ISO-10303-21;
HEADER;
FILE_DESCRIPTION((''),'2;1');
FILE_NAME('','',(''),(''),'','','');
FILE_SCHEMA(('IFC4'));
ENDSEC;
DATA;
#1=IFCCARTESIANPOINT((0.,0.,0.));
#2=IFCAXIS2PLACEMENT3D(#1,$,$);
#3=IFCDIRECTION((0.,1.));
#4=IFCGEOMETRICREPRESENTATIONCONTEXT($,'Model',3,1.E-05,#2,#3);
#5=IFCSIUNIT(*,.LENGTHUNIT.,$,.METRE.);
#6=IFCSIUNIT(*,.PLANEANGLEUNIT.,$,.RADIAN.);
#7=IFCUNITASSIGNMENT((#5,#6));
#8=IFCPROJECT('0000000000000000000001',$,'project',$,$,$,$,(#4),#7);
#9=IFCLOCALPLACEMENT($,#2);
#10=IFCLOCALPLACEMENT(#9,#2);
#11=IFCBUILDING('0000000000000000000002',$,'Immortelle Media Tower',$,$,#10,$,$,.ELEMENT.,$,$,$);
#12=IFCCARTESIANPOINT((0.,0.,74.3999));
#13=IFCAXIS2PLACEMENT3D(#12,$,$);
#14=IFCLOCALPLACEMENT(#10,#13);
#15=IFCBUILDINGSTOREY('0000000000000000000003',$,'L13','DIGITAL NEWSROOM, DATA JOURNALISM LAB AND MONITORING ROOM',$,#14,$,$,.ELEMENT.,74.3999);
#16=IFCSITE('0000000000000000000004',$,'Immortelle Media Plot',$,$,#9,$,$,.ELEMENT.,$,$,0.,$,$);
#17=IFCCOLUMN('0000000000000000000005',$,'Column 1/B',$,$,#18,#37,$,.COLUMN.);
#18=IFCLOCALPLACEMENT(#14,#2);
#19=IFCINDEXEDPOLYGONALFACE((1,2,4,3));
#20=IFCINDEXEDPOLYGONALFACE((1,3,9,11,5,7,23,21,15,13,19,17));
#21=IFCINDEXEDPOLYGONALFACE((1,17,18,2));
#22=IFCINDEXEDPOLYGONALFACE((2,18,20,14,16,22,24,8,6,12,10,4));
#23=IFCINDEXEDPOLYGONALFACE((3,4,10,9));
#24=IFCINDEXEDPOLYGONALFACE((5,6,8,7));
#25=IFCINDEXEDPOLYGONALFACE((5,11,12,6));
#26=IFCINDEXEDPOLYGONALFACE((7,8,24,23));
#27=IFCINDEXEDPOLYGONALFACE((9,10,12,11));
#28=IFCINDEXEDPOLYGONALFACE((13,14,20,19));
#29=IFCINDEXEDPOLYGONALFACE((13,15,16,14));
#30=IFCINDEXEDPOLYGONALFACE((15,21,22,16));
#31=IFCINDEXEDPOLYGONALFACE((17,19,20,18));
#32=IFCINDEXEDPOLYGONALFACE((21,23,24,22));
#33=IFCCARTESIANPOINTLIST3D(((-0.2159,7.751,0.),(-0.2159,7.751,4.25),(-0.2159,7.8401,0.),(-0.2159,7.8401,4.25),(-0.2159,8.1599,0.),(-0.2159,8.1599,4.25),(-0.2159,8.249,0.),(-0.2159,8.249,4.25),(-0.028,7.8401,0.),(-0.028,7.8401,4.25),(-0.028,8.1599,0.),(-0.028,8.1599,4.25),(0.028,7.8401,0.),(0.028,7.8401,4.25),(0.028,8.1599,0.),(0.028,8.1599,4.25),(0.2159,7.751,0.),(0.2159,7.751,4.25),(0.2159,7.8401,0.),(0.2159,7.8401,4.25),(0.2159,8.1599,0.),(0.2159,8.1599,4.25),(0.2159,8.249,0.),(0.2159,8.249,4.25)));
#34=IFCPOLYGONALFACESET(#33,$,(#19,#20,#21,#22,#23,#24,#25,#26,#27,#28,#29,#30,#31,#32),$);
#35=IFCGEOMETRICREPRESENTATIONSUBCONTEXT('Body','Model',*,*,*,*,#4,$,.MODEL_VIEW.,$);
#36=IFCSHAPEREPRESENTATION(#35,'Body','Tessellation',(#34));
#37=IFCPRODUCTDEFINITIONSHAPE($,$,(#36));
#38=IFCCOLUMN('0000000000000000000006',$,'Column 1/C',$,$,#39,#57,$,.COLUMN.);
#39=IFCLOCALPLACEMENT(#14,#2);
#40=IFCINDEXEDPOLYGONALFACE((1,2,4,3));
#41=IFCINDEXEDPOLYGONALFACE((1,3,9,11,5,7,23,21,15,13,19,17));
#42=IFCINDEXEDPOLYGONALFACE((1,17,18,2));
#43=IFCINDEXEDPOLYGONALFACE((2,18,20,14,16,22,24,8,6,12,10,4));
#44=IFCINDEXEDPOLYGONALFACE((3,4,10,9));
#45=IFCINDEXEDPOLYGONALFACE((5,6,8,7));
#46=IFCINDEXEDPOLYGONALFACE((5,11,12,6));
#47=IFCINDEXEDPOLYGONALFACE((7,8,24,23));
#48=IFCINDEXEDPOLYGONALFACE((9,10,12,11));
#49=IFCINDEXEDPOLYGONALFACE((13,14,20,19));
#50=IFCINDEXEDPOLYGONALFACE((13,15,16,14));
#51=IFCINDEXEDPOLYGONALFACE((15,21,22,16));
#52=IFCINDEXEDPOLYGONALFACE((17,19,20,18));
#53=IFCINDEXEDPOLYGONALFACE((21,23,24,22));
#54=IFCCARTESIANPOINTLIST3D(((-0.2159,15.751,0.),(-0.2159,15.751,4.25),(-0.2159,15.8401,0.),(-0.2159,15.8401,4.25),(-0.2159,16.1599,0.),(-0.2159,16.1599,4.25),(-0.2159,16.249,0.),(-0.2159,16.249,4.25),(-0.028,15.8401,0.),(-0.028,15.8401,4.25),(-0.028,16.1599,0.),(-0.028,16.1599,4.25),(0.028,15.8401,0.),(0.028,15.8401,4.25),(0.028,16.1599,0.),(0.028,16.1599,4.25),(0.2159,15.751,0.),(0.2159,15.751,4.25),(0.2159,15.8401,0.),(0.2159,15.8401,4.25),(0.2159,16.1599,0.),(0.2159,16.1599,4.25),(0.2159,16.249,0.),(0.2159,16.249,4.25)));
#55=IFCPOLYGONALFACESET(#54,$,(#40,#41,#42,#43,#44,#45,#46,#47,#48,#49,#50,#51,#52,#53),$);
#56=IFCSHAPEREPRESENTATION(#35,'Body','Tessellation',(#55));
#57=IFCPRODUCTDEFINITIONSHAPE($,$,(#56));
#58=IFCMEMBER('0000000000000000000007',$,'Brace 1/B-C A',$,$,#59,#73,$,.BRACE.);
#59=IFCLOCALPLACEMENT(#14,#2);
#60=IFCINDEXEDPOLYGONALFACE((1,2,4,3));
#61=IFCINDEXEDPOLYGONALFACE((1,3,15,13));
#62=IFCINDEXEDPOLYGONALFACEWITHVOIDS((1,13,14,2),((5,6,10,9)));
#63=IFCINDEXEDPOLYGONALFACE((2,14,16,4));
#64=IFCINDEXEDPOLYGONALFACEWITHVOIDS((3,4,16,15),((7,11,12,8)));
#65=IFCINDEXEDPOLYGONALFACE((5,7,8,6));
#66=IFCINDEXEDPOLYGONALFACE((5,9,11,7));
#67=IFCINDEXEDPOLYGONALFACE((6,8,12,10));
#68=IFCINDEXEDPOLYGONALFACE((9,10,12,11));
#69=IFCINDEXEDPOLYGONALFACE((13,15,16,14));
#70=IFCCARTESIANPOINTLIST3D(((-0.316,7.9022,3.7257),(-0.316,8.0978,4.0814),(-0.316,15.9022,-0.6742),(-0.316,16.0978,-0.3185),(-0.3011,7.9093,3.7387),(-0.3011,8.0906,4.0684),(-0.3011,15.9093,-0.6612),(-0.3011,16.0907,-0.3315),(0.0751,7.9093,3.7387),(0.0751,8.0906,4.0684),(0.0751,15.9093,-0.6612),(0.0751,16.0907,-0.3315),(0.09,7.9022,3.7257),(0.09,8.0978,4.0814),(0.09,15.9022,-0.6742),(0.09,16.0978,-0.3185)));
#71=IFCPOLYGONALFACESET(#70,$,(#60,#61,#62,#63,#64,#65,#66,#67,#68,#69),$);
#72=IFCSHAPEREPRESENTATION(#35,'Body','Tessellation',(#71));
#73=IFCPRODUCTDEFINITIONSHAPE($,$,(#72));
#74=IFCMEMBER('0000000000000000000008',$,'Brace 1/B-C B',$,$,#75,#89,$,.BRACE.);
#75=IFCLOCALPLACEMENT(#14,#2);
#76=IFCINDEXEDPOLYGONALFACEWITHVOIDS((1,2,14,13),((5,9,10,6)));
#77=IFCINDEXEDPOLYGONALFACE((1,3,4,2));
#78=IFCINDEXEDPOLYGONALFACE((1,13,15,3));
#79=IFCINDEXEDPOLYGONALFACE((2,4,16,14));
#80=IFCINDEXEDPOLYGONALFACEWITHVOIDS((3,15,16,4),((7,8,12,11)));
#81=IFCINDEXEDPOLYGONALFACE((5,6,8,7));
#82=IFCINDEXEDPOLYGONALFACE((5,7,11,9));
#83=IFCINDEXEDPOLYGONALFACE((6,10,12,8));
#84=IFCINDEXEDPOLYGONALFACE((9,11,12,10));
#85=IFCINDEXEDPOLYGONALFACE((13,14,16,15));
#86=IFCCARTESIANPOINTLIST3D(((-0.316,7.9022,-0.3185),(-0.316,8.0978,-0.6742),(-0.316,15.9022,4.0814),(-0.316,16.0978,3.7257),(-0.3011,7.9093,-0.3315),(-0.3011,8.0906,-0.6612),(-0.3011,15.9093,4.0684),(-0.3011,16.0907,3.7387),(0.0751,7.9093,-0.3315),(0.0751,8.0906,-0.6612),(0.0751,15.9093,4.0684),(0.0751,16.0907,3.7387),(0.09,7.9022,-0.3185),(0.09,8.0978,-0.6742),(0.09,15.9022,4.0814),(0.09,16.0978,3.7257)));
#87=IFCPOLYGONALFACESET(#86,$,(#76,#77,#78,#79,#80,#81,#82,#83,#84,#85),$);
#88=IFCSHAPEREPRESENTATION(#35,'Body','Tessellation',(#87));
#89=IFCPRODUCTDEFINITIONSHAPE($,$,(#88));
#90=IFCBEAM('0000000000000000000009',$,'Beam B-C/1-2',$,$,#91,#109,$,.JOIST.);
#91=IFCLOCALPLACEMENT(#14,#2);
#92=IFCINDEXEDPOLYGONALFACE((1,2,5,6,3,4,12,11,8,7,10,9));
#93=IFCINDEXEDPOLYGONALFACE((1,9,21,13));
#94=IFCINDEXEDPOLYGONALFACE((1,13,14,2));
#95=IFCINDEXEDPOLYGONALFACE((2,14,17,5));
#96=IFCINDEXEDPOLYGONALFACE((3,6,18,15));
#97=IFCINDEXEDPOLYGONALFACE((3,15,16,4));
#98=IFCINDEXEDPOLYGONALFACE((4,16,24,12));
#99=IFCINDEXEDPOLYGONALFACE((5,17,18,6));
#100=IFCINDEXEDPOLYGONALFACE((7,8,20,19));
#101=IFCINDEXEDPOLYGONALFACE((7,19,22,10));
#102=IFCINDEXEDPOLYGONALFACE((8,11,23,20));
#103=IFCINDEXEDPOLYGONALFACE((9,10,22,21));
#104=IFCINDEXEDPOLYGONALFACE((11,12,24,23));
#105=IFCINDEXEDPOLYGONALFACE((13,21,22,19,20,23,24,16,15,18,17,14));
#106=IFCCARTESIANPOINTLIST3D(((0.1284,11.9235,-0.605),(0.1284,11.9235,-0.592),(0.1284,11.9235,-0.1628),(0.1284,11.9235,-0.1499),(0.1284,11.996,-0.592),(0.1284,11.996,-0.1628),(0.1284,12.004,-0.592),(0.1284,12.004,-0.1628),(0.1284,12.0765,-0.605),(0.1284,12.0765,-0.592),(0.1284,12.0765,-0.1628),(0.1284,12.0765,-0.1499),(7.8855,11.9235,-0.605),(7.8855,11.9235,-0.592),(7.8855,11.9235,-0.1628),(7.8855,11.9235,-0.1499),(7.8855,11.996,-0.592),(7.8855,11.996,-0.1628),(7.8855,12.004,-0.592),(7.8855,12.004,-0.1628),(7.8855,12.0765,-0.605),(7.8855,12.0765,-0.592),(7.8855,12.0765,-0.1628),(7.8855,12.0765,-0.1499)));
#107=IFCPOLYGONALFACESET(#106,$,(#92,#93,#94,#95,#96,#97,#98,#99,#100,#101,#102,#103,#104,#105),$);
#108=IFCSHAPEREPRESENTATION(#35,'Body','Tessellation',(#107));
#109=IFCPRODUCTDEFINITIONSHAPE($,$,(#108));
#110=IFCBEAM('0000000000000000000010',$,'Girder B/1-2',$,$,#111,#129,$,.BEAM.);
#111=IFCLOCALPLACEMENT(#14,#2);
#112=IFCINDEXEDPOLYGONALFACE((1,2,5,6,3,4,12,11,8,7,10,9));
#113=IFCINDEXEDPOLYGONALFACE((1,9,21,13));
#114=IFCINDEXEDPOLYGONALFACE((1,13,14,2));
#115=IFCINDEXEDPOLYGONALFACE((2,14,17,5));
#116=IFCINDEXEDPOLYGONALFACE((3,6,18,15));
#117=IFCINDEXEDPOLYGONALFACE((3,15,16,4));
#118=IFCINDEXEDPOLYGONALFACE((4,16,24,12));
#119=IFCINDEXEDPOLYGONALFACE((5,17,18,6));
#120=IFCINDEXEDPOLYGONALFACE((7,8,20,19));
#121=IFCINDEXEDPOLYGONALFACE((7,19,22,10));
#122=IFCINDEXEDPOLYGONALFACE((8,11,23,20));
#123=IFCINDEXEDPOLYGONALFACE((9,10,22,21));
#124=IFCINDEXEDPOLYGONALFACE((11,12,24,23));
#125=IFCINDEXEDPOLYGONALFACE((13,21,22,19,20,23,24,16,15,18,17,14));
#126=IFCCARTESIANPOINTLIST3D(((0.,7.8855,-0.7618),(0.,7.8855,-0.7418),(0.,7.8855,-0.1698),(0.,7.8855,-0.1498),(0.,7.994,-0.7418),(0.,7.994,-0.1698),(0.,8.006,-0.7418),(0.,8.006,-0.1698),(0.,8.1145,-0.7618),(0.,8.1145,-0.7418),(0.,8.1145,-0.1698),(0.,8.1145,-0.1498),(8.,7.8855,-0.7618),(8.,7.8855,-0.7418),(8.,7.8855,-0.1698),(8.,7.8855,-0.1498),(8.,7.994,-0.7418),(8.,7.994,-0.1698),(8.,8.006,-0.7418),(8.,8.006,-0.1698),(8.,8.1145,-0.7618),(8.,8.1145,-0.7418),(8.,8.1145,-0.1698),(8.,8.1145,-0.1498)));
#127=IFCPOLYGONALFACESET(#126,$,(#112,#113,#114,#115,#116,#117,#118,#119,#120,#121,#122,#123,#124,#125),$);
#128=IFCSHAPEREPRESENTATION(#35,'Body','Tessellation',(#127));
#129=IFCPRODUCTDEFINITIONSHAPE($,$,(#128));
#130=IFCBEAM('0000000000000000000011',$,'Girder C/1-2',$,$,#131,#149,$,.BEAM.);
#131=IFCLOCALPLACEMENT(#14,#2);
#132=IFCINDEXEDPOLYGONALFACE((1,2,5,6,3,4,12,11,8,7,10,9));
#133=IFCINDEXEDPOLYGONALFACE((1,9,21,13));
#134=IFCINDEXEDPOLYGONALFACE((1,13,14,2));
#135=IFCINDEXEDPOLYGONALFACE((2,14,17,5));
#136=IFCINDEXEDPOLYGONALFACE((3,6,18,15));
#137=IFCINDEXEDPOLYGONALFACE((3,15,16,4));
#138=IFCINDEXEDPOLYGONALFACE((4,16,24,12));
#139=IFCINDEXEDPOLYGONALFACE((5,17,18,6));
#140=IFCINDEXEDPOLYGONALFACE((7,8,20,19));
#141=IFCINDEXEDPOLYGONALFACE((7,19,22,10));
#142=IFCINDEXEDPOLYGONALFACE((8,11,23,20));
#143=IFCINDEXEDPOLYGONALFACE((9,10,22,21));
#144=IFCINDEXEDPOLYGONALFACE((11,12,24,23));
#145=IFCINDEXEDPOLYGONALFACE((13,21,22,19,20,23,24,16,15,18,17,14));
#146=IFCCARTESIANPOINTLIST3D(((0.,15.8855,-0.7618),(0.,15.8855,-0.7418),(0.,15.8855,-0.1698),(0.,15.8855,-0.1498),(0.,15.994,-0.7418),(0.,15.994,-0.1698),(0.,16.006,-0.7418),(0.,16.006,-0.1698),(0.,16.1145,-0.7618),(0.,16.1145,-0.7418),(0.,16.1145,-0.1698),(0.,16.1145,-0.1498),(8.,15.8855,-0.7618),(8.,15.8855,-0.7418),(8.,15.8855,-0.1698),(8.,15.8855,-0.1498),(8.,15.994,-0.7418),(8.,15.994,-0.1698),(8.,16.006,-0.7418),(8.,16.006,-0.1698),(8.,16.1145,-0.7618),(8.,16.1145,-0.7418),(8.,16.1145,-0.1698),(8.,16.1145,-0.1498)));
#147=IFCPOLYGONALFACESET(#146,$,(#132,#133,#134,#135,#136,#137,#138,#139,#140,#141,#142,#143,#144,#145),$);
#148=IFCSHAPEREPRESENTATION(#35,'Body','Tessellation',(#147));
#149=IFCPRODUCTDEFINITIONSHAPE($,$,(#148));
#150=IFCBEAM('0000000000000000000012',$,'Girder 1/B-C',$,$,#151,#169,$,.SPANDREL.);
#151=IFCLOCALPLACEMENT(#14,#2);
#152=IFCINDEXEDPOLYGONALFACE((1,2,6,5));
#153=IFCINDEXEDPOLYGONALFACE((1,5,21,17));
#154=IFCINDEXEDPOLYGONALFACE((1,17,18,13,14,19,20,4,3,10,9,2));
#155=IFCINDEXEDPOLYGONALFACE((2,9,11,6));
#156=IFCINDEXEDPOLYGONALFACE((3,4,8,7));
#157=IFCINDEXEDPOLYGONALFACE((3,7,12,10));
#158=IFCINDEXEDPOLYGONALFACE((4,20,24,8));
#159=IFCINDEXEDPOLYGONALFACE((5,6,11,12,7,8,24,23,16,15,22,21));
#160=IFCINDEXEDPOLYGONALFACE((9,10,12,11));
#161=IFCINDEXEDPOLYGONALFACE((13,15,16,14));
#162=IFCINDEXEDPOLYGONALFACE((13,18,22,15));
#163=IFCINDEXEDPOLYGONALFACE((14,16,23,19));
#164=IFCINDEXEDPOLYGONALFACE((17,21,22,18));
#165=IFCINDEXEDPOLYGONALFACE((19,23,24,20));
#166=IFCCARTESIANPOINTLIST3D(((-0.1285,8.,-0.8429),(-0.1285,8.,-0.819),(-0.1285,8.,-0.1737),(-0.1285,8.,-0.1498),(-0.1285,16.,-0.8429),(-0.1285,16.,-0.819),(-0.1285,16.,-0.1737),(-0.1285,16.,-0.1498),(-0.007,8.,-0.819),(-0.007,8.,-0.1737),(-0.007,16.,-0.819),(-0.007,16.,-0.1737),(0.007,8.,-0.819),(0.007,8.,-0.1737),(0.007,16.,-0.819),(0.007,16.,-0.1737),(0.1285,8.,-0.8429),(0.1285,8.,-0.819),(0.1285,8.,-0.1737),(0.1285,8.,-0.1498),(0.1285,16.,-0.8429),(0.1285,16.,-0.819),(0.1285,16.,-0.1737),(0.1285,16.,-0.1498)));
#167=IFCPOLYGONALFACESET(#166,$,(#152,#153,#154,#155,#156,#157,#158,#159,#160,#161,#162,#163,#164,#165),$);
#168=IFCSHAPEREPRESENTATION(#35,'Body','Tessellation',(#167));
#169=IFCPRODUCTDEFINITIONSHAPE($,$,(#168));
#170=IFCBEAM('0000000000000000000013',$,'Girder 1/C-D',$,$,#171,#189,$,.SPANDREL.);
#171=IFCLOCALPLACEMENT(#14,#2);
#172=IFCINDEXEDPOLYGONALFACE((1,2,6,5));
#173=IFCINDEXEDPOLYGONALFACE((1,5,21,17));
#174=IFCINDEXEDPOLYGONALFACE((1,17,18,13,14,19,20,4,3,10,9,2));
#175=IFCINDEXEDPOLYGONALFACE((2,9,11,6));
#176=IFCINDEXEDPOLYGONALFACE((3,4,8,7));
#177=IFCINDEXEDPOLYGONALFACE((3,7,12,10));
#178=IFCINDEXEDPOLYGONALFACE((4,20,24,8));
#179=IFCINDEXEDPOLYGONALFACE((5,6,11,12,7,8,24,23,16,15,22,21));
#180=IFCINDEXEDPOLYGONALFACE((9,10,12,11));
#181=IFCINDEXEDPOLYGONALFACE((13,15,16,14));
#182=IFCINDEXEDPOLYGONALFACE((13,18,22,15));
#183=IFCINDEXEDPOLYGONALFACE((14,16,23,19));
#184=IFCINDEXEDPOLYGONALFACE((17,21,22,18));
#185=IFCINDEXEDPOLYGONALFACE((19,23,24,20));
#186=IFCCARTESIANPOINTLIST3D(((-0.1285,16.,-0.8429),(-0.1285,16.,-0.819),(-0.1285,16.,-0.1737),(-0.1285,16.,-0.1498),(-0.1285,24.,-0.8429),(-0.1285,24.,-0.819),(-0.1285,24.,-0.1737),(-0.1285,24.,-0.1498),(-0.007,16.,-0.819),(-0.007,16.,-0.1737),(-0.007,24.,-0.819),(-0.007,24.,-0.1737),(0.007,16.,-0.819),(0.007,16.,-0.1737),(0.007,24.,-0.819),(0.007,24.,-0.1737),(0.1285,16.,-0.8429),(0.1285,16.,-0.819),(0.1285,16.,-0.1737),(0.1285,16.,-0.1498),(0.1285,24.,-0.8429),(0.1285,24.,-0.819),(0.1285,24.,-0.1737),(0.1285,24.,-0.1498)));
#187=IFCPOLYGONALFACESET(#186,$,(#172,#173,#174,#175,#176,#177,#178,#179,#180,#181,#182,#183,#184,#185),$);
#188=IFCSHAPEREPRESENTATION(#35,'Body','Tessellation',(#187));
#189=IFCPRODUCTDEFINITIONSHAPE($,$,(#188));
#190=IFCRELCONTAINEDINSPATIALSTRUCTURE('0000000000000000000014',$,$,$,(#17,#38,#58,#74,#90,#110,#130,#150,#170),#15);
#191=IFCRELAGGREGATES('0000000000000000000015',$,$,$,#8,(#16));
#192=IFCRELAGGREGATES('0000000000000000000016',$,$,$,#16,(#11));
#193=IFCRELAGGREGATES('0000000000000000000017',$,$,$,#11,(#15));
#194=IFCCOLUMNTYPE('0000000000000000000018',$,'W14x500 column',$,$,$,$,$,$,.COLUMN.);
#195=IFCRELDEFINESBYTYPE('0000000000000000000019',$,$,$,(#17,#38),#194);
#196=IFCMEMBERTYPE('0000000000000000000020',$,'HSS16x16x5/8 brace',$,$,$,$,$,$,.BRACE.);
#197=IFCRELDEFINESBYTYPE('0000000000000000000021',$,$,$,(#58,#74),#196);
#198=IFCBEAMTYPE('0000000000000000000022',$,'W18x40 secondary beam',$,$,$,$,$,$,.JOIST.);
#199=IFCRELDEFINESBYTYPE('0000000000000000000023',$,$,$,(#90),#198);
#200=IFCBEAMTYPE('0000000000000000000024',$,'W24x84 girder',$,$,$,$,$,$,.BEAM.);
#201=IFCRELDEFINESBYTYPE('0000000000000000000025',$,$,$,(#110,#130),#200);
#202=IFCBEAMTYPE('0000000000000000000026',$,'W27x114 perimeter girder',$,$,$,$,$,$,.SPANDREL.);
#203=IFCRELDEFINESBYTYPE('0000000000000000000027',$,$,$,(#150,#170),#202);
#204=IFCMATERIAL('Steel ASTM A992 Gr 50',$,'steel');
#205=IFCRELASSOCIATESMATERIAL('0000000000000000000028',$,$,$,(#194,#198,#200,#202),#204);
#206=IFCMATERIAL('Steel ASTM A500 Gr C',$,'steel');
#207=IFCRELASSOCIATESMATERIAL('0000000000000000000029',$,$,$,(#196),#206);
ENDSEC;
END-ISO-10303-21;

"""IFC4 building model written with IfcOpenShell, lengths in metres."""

from ifc_helpers import new_model, si_unit, direction, frame, origin, origin_2d, place, context, subcontext, project, spatial, hollow_rectangle, i_section, extrude, material, material_profile, profile_set, type_object, element, save


model = new_model("IFC4")

# Units and contexts
model_context = context("Model", 3, precision=1e-05, world=origin(), true_north=direction((0.0, 1.0)))
body_context = subcontext(model_context, "Body", "Model", "MODEL_VIEW")
ifc_project = project(units=[si_unit("LENGTHUNIT", "METRE"), si_unit("PLANEANGLEUNIT", "RADIAN")], contexts=[model_context])

# Site, building, storey
site_placement = place(None, origin())
site = spatial("IfcSite", under=ifc_project, at=site_placement, Name="Immortelle Media Plot", CompositionType="ELEMENT", RefElevation=0.0)
building_placement = place(site_placement, origin())
building = spatial("IfcBuilding", under=site, at=building_placement, Name="Immortelle Media Tower", CompositionType="ELEMENT")
storey_placement = place(building_placement, frame((0.0, 0.0, 74.3999)))
storey = spatial("IfcBuildingStorey", under=building, at=storey_placement, Name="L13", Description="DIGITAL NEWSROOM, DATA JOURNALISM LAB AND MONITORING ROOM", CompositionType="ELEMENT", Elevation=74.3999)

# Columns
ifc_material_1 = material(Name="Steel ASTM A992 Gr 50", Category="steel")
ifc_material_profile_1 = material_profile(ifc_material_1, i_section(OverallWidth=0.4319, OverallDepth=0.498, WebThickness=0.0559, FlangeThickness=0.0891, at=origin_2d()), Name="W14x500")
ifc_profile_set_1 = profile_set([ifc_material_profile_1], Name="Steel ASTM A992 Gr 50")
column_type = type_object("IfcColumnType", Name="W14x500 column", PredefinedType="COLUMN", material=ifc_profile_set_1)
for number, where, z_axis, x_axis, name in (
    (1, (0.0, 8.0, 0.0), (0.0, 0.0, 1.0), (1.0, 0.0, 0.0), "Column 1/B"),
    (2, (0.0, 16.0, 0.0), (0.0, 0.0, 1.0), (1.0, 0.0, 0.0), "Column 1/C"),
):
    element("IfcColumn", number, at=place(storey_placement, frame(where, z_axis=z_axis, x_axis=x_axis)), inside=storey, type_object=column_type, Name=name, PredefinedType="COLUMN", context=body_context, shape_type="SweptSolid", body=[
        extrude(i_section(OverallWidth=0.4319, OverallDepth=0.498, WebThickness=0.0559, FlangeThickness=0.0891, at=origin_2d()), origin(), (0.0, 0.0, 1.0), 4.25),
    ])

# Members
ifc_material_2 = material(Name="Steel ASTM A500 Gr C", Category="steel")
ifc_material_profile_2 = material_profile(ifc_material_2, hollow_rectangle(XDim=0.406, YDim=0.406, WallThickness=0.0149, at=origin_2d()), Name="HSS16x16x5/8 brace")
ifc_profile_set_2 = profile_set([ifc_material_profile_2], Name="Steel ASTM A500 Gr C")
member_type = type_object("IfcMemberType", Name="HSS16x16x5/8 brace", PredefinedType="BRACE", material=ifc_profile_set_2)
for number, where, z_axis, x_axis, name in (
    (3, (-0.113, 16.0, -0.4963), (0.0, -0.87622, 0.481911), (1.0, 0.0, 0.0), "Brace 1/B-C A"),
    (4, (-0.113, 16.0, 3.9036), (0.0, -0.87622, -0.481911), (1.0, 0.0, 0.0), "Brace 1/B-C B"),
):
    element("IfcMember", number, at=place(storey_placement, frame(where, z_axis=z_axis, x_axis=x_axis)), inside=storey, type_object=member_type, Name=name, PredefinedType="BRACE", context=body_context, shape_type="SweptSolid", body=[
        extrude(hollow_rectangle(XDim=0.406, YDim=0.406, WallThickness=0.0149, at=origin_2d()), origin(), (0.0, 0.0, 1.0), 9.1301),
    ])

# Beams
ifc_material_profile_3 = material_profile(ifc_material_1, i_section(OverallWidth=0.1531, OverallDepth=0.4551, WebThickness=0.0081, FlangeThickness=0.0129, at=origin_2d()), Name="W18x40")
ifc_profile_set_3 = profile_set([ifc_material_profile_3], Name="Steel ASTM A992 Gr 50")
beam_type_1 = type_object("IfcBeamType", Name="W18x40 secondary beam", PredefinedType="JOIST", material=ifc_profile_set_3)
beam_placement = place(storey_placement, frame((0.1284, 12.0, -0.3774), z_axis=(1.0, 0.0, 0.0), x_axis=(0.0, 1.0, 0.0)))
element("IfcBeam", 5, at=beam_placement, inside=storey, type_object=beam_type_1, Name="Beam B-C/1-2", PredefinedType="JOIST", context=body_context, shape_type="SweptSolid", body=[
    extrude(i_section(OverallWidth=0.1531, OverallDepth=0.4551, WebThickness=0.0081, FlangeThickness=0.0129, at=origin_2d()), origin(), (0.0, 0.0, 1.0), 7.7571),
])
ifc_material_profile_4 = material_profile(ifc_material_1, i_section(OverallWidth=0.229, OverallDepth=0.6121, WebThickness=0.012, FlangeThickness=0.02, at=origin_2d()), Name="W24x84")
ifc_profile_set_4 = profile_set([ifc_material_profile_4], Name="Steel ASTM A992 Gr 50")
beam_type_2 = type_object("IfcBeamType", Name="W24x84 girder", PredefinedType="BEAM", material=ifc_profile_set_4)
for number, where, z_axis, x_axis, name in (
    (6, (0.0, 8.0, -0.4558), (1.0, 0.0, 0.0), (0.0, 1.0, 0.0), "Girder B/1-2"),
    (7, (0.0, 16.0, -0.4558), (1.0, 0.0, 0.0), (0.0, 1.0, 0.0), "Girder C/1-2"),
):
    element("IfcBeam", number, at=place(storey_placement, frame(where, z_axis=z_axis, x_axis=x_axis)), inside=storey, type_object=beam_type_2, Name=name, PredefinedType="BEAM", context=body_context, shape_type="SweptSolid", body=[
        extrude(i_section(OverallWidth=0.229, OverallDepth=0.6121, WebThickness=0.012, FlangeThickness=0.02, at=origin_2d()), origin(), (0.0, 0.0, 1.0), 8.0),
    ])
ifc_material_profile_5 = material_profile(ifc_material_1, i_section(OverallWidth=0.2571, OverallDepth=0.6931, WebThickness=0.0139, FlangeThickness=0.0239, at=origin_2d()), Name="W27x114")
ifc_profile_set_5 = profile_set([ifc_material_profile_5], Name="Steel ASTM A992 Gr 50")
beam_type_3 = type_object("IfcBeamType", Name="W27x114 perimeter girder", PredefinedType="SPANDREL", material=ifc_profile_set_5)
for number, where, z_axis, x_axis, name in (
    (8, (0.0, 8.0, -0.4963), (0.0, 1.0, 0.0), (-1.0, 0.0, 0.0), "Girder 1/B-C"),
    (9, (0.0, 16.0, -0.4963), (0.0, 1.0, 0.0), (-1.0, 0.0, 0.0), "Girder 1/C-D"),
):
    element("IfcBeam", number, at=place(storey_placement, frame(where, z_axis=z_axis, x_axis=x_axis)), inside=storey, type_object=beam_type_3, Name=name, PredefinedType="SPANDREL", context=body_context, shape_type="SweptSolid", body=[
        extrude(i_section(OverallWidth=0.2571, OverallDepth=0.6931, WebThickness=0.0139, FlangeThickness=0.0239, at=origin_2d()), origin(), (0.0, 0.0, 1.0), 8.0),
    ])

save(model, "model.ifc")
